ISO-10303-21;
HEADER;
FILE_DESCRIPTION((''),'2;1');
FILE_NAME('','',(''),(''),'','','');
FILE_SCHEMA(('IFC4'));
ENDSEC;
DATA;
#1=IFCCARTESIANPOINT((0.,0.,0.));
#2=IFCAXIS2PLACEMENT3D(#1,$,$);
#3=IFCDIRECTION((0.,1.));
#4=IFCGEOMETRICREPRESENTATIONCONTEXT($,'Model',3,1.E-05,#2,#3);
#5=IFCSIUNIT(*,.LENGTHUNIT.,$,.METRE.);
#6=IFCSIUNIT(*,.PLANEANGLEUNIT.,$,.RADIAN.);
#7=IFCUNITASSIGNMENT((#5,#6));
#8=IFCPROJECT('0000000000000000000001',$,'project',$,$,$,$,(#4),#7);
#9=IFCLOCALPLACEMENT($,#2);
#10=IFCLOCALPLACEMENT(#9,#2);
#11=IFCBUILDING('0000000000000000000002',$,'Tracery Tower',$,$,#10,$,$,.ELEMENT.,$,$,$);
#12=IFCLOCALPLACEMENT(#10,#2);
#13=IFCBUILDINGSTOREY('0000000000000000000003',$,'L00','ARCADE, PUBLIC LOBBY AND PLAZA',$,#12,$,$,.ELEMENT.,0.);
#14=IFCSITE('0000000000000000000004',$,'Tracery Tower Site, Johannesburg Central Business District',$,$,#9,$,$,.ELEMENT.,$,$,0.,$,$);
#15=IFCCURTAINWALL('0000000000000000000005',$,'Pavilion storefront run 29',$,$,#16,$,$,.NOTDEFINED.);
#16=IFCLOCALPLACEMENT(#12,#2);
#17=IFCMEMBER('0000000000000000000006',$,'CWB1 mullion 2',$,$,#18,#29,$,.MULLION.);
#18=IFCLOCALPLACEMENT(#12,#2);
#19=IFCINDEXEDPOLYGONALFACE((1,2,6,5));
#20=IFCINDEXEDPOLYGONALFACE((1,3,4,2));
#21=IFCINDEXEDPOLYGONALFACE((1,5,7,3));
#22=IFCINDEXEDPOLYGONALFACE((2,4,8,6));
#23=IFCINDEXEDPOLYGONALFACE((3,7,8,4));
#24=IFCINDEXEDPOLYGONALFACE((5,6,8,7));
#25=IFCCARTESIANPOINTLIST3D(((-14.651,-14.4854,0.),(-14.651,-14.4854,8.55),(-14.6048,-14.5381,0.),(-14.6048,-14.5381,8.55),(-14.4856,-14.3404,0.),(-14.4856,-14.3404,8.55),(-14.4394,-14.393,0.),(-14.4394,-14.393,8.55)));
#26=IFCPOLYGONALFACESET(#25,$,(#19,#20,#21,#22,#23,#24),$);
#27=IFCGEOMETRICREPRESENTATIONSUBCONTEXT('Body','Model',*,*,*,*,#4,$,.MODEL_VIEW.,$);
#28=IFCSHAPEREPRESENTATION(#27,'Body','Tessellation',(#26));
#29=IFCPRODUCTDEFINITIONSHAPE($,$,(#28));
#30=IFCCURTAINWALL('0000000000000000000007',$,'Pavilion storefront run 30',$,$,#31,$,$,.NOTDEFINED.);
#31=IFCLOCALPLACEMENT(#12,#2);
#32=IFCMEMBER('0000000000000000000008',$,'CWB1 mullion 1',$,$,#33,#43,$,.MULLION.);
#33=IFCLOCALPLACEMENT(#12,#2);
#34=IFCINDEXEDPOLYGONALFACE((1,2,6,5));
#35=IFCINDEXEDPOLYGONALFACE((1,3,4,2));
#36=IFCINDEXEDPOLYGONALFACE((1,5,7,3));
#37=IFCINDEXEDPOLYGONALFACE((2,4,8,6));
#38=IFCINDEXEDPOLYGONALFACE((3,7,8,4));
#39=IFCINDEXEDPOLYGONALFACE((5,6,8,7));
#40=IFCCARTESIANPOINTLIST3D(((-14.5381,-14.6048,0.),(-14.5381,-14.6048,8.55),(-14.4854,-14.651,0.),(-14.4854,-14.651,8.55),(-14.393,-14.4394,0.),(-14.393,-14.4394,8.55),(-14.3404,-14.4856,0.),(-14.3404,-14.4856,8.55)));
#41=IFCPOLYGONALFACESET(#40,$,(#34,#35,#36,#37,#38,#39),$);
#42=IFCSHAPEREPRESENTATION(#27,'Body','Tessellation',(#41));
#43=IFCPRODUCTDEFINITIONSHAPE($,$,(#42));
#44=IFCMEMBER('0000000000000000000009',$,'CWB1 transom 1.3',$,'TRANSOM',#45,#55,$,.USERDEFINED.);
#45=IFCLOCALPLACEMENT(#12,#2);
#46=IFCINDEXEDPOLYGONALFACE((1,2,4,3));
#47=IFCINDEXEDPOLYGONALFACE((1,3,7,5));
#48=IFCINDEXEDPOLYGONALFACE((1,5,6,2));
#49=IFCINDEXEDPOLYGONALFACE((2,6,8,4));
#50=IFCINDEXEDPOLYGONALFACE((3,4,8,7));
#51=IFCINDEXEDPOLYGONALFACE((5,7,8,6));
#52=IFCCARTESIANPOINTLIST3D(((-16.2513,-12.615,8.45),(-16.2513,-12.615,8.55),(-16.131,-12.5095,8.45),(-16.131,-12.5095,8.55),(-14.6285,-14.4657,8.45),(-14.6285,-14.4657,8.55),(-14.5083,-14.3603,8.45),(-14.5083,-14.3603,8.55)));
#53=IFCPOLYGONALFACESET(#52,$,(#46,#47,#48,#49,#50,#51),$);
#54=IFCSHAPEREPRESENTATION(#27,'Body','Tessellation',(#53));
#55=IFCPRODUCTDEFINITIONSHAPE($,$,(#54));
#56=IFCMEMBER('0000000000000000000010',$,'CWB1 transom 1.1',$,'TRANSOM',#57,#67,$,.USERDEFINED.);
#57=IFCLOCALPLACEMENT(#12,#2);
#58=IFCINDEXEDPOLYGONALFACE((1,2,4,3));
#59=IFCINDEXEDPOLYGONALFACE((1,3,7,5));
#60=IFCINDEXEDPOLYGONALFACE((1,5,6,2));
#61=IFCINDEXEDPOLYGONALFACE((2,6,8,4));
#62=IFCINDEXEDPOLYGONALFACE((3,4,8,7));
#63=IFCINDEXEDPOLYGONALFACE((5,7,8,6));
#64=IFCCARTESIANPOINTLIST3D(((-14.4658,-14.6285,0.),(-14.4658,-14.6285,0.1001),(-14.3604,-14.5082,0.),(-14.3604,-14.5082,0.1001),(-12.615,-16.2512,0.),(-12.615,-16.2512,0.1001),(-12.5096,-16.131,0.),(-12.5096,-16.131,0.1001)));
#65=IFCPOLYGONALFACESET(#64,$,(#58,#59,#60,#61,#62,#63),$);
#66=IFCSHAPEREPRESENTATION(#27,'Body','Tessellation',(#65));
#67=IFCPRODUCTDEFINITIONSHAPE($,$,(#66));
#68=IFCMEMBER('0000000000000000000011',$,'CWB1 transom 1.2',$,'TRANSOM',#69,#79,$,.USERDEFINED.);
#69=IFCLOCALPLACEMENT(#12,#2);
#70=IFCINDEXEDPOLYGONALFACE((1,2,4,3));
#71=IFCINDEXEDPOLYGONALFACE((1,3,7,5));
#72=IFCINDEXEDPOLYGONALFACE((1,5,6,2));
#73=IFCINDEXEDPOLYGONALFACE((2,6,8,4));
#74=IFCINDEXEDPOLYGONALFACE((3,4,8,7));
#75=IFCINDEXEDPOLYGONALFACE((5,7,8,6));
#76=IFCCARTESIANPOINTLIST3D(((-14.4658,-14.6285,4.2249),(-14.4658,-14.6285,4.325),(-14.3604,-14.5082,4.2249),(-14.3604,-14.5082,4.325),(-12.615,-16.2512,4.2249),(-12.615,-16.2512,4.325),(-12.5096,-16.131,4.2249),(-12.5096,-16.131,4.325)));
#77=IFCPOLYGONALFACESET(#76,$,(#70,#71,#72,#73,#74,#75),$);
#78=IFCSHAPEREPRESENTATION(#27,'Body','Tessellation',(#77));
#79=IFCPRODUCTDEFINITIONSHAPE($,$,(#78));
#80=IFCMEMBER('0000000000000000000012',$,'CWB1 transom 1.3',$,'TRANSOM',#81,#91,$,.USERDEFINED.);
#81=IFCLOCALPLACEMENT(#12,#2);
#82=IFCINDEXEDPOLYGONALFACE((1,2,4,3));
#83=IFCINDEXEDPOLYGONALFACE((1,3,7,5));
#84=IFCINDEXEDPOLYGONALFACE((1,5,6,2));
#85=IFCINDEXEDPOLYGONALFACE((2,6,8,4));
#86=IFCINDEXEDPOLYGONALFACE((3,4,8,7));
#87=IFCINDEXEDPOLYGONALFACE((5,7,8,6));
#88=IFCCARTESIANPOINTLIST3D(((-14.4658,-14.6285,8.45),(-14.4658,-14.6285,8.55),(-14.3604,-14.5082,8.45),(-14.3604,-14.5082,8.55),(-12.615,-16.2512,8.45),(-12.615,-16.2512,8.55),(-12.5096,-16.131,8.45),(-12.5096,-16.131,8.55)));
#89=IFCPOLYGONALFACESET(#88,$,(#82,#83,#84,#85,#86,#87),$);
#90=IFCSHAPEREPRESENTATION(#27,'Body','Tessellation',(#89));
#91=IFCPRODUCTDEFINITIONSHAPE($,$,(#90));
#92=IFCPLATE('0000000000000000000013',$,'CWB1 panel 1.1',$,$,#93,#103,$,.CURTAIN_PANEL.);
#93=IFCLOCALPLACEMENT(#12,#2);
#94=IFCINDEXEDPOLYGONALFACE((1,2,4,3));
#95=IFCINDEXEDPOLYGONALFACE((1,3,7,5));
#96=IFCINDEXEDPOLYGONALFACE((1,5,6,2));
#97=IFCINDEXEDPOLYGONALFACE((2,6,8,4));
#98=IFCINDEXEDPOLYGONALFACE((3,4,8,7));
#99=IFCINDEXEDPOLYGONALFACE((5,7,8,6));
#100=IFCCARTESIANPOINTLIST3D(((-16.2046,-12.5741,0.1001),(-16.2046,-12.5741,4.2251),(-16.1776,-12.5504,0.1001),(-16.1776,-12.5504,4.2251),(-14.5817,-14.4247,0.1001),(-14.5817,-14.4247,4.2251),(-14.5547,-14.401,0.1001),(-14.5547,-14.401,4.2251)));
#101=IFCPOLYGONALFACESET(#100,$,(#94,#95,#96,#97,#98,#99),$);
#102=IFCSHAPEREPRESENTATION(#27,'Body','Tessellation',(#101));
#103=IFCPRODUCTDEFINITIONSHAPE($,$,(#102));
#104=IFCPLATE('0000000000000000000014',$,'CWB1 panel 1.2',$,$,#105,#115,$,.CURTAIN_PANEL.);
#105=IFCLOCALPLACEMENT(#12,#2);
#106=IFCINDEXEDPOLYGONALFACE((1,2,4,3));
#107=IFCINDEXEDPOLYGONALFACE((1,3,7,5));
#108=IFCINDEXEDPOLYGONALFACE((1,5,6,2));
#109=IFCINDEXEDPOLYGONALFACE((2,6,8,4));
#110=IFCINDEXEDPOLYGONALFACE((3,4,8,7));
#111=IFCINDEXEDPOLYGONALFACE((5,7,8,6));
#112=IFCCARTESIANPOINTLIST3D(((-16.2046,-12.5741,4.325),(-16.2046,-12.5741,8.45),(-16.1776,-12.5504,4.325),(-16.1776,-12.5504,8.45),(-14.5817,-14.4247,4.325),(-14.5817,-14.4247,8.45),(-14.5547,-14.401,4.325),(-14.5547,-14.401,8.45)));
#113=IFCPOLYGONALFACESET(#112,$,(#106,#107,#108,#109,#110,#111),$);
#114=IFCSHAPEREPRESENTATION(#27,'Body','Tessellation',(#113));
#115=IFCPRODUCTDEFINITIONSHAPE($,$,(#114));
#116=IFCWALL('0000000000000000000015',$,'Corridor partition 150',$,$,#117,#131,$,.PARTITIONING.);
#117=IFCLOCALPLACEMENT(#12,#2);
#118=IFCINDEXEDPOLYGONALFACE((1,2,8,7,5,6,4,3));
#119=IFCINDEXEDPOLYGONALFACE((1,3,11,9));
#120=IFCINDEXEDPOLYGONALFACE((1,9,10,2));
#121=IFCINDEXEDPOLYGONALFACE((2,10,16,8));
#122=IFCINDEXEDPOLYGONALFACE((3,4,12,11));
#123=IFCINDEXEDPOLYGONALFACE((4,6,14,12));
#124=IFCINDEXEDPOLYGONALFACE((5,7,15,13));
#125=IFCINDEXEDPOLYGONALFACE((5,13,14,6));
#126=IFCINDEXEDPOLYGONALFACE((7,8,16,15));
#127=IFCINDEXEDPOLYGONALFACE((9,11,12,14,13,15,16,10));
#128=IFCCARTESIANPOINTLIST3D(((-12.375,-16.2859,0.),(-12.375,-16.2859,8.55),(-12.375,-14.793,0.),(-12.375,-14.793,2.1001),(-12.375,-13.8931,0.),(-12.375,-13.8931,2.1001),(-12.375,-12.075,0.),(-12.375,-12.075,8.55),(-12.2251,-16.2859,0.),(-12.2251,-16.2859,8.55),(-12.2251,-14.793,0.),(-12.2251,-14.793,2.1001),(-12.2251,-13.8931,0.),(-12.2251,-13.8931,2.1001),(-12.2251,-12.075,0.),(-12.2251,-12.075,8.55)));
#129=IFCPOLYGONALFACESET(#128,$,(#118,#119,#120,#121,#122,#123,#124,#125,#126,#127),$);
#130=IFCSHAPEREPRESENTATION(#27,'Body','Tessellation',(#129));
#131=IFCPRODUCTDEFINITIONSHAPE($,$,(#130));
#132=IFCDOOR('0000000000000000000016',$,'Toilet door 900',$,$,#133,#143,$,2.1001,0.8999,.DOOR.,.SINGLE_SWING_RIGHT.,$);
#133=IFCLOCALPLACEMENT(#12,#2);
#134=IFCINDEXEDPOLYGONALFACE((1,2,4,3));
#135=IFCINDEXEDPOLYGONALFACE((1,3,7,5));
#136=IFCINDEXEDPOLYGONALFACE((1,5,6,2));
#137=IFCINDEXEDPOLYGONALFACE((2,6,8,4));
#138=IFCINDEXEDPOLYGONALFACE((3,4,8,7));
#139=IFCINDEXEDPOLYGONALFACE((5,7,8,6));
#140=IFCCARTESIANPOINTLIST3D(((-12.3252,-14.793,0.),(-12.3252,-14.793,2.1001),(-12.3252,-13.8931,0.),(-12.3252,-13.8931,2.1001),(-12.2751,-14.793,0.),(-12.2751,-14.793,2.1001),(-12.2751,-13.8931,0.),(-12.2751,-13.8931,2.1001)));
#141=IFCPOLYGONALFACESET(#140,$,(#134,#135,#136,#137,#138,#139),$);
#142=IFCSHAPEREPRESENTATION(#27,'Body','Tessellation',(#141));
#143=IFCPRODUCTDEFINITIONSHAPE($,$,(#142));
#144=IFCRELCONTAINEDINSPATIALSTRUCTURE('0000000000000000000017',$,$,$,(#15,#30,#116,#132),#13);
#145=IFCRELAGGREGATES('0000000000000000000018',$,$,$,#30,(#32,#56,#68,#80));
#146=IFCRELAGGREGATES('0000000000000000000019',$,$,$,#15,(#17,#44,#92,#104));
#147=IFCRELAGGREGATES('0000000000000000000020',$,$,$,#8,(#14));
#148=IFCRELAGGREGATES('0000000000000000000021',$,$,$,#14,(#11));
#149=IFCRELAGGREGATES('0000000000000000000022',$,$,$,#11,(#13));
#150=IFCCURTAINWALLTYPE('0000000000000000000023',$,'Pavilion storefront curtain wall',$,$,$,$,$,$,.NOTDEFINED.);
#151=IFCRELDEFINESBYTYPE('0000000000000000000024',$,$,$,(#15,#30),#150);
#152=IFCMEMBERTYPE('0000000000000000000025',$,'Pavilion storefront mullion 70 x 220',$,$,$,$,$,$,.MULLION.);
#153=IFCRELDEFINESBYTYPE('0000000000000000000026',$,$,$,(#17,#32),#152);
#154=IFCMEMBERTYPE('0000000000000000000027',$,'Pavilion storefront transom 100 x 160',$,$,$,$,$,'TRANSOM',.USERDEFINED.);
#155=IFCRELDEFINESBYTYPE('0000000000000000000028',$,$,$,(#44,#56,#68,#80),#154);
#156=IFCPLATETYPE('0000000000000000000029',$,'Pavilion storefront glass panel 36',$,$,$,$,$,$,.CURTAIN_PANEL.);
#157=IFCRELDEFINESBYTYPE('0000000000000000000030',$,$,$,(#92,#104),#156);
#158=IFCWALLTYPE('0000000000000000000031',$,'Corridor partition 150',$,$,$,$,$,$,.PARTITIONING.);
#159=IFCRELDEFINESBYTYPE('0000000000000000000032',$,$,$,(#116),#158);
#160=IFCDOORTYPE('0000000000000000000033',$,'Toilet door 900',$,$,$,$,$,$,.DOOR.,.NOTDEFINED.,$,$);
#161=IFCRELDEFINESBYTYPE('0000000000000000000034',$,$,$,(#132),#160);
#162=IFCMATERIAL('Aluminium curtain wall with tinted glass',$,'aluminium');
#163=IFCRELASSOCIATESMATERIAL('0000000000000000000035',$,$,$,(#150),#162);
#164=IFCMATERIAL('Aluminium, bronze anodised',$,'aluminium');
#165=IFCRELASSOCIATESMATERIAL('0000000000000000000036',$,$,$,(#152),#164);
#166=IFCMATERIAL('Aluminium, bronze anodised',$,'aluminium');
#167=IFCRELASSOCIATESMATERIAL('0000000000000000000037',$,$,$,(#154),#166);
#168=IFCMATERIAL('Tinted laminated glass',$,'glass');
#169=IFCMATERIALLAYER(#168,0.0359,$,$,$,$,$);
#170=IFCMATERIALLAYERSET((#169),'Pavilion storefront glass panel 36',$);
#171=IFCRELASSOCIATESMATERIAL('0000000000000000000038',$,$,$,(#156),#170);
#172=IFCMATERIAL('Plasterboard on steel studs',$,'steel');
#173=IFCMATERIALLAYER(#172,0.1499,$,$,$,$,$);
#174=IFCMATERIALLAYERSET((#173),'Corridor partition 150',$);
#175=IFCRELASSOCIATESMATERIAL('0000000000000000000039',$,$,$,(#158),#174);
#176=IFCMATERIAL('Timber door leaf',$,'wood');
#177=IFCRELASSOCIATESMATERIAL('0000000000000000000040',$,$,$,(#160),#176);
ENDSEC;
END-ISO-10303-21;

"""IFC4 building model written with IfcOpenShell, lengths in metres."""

from ifc_helpers import new_model, si_unit, direction, frame, frame_2d, origin, origin_2d, place, context, subcontext, project, spatial, rectangle, extrude, material, layer, layer_set, material_profile, profile_set, type_object, element, fill, aggregate, save


model = new_model("IFC4")

# Units and contexts
model_context = context("Model", 3, precision=1e-05, world=origin(), true_north=direction((0.0, 1.0)))
body_context = subcontext(model_context, "Body", "Model", "MODEL_VIEW")
ifc_project = project(units=[si_unit("LENGTHUNIT", "METRE"), si_unit("PLANEANGLEUNIT", "RADIAN")], contexts=[model_context])

# Site, building, storey
site_placement = place(None, origin())
site = spatial("IfcSite", under=ifc_project, at=site_placement, Name="Tracery Tower Site, Johannesburg Central Business District", CompositionType="ELEMENT", RefElevation=0.0)
building_placement = place(site_placement, origin())
building = spatial("IfcBuilding", under=site, at=building_placement, Name="Tracery Tower", CompositionType="ELEMENT")
storey_placement = place(building_placement, origin())
storey = spatial("IfcBuildingStorey", under=building, at=storey_placement, Name="L00", Description="ARCADE, PUBLIC LOBBY AND PLAZA", CompositionType="ELEMENT", Elevation=0.0)

# Curtain walls, members
ifc_material_1 = material(Name="Aluminium curtain wall with tinted glass", Category="aluminium")
curtain_wall_type = type_object("IfcCurtainWallType", Name="Pavilion storefront curtain wall", PredefinedType="NOTDEFINED", material=ifc_material_1)
curtain_wall_1_placement = place(storey_placement, origin())
curtain_wall_1 = element("IfcCurtainWall", 1, at=curtain_wall_1_placement, inside=storey, type_object=curtain_wall_type, Name="Pavilion storefront run 29", PredefinedType="NOTDEFINED")
ifc_material_2 = material(Name="Aluminium, bronze anodised", Category="aluminium")
ifc_material_profile_1 = material_profile(ifc_material_2, rectangle(XDim=0.22, YDim=0.0701, at=origin_2d()), Name="Pavilion storefront mullion 70 x 220")
ifc_profile_set_1 = profile_set([ifc_material_profile_1], Name="Aluminium, bronze anodised")
member_type_1 = type_object("IfcMemberType", Name="Pavilion storefront mullion 70 x 220", PredefinedType="MULLION", material=ifc_profile_set_1)
member_1_placement = place(storey_placement, frame((-14.5452, -14.4392, 0.0), z_axis=(0.0, 0.0, 1.0), x_axis=(0.751836, 0.659351, 0.0)))
member_1 = element("IfcMember", 2, at=member_1_placement, type_object=member_type_1, Name="CWB1 mullion 2", PredefinedType="MULLION", context=body_context, shape_type="SweptSolid", body=[
    extrude(rectangle(XDim=0.22, YDim=0.0701, at=origin_2d()), origin(), (0.0, 0.0, 1.0), 8.55),
])
curtain_wall_2_placement = place(storey_placement, origin())
curtain_wall_2 = element("IfcCurtainWall", 3, at=curtain_wall_2_placement, inside=storey, type_object=curtain_wall_type, Name="Pavilion storefront run 30", PredefinedType="NOTDEFINED")
member_2_placement = place(storey_placement, frame((-14.4392, -14.5452, 0.0), z_axis=(0.0, 0.0, 1.0), x_axis=(0.659351, 0.751836, 0.0)))
member_2 = element("IfcMember", 4, at=member_2_placement, type_object=member_type_1, Name="CWB1 mullion 1", PredefinedType="MULLION", context=body_context, shape_type="SweptSolid", body=[
    extrude(rectangle(XDim=0.22, YDim=0.0701, at=origin_2d()), origin(), (0.0, 0.0, 1.0), 8.55),
])

# Members
ifc_material_3 = material(Name="Aluminium, bronze anodised", Category="aluminium")
ifc_material_profile_2 = material_profile(ifc_material_3, rectangle(XDim=0.1599, YDim=0.1001, at=origin_2d()), Name="Pavilion storefront transom 100 x 160")
ifc_profile_set_2 = profile_set([ifc_material_profile_2], Name="Aluminium, bronze anodised")
member_type_2 = type_object("IfcMemberType", Name="Pavilion storefront transom 100 x 160", ElementType="TRANSOM", PredefinedType="USERDEFINED", material=ifc_profile_set_2)
member_3_placement = place(storey_placement, frame((-16.1912, -12.5623, 8.5), z_axis=(0.65927, -0.751907, 0.0), x_axis=(0.751907, 0.65927, 0.0)))
member_3 = element("IfcMember", 5, at=member_3_placement, type_object=member_type_2, Name="CWB1 transom 1.3", ObjectType="TRANSOM", PredefinedType="USERDEFINED", context=body_context, shape_type="SweptSolid", body=[
    extrude(rectangle(XDim=0.1599, YDim=0.1001, at=origin_2d()), origin(), (0.0, 0.0, 1.0), 2.4614),
])
member_4_placement = place(storey_placement, frame((-14.4131, -14.5684, 0.05), z_axis=(0.751907, -0.65927, 0.0), x_axis=(0.65927, 0.751907, 0.0)))
member_4 = element("IfcMember", 6, at=member_4_placement, type_object=member_type_2, Name="CWB1 transom 1.1", ObjectType="TRANSOM", PredefinedType="USERDEFINED", context=body_context, shape_type="SweptSolid", body=[
    extrude(rectangle(XDim=0.1599, YDim=0.1001, at=origin_2d()), origin(), (0.0, 0.0, 1.0), 2.4614),
])
member_5_placement = place(storey_placement, frame((-14.4131, -14.5684, 4.2749), z_axis=(0.751907, -0.65927, 0.0), x_axis=(0.65927, 0.751907, 0.0)))
member_5 = element("IfcMember", 7, at=member_5_placement, type_object=member_type_2, Name="CWB1 transom 1.2", ObjectType="TRANSOM", PredefinedType="USERDEFINED", context=body_context, shape_type="SweptSolid", body=[
    extrude(rectangle(XDim=0.1599, YDim=0.1001, at=origin_2d()), origin(), (0.0, 0.0, 1.0), 2.4614),
])
member_6_placement = place(storey_placement, frame((-14.4131, -14.5684, 8.5), z_axis=(0.751907, -0.65927, 0.0), x_axis=(0.65927, 0.751907, 0.0)))
member_6 = element("IfcMember", 8, at=member_6_placement, type_object=member_type_2, Name="CWB1 transom 1.3", ObjectType="TRANSOM", PredefinedType="USERDEFINED", context=body_context, shape_type="SweptSolid", body=[
    extrude(rectangle(XDim=0.1599, YDim=0.1001, at=origin_2d()), origin(), (0.0, 0.0, 1.0), 2.4614),
])
aggregate(curtain_wall_2, [member_2, member_4, member_5, member_6])

# Plates
ifc_material_4 = material(Name="Tinted laminated glass", Category="glass")
ifc_layer_1 = layer(ifc_material_4, 0.0359)
ifc_layer_set_1 = layer_set([ifc_layer_1], Name="Pavilion storefront glass panel 36")
plate_type = type_object("IfcPlateType", Name="Pavilion storefront glass panel 36", PredefinedType="CURTAIN_PANEL", material=ifc_layer_set_1)
plate_1_placement = place(storey_placement, frame((-15.3796, -13.4875, 0.1001), z_axis=(0.0, 0.0, 1.0), x_axis=(0.659351, -0.751836, 0.0)))
plate_1 = element("IfcPlate", 9, at=plate_1_placement, type_object=plate_type, Name="CWB1 panel 1.1", PredefinedType="CURTAIN_PANEL", context=body_context, shape_type="SweptSolid", body=[
    extrude(rectangle(XDim=2.4614, YDim=0.0359, at=origin_2d()), origin(), (0.0, 0.0, 1.0), 4.125),
])
plate_2_placement = place(storey_placement, frame((-15.3796, -13.4875, 4.325), z_axis=(0.0, 0.0, 1.0), x_axis=(0.659351, -0.751836, 0.0)))
plate_2 = element("IfcPlate", 10, at=plate_2_placement, type_object=plate_type, Name="CWB1 panel 1.2", PredefinedType="CURTAIN_PANEL", context=body_context, shape_type="SweptSolid", body=[
    extrude(rectangle(XDim=2.4614, YDim=0.0359, at=origin_2d()), origin(), (0.0, 0.0, 1.0), 4.125),
])
aggregate(curtain_wall_1, [member_1, member_3, plate_1, plate_2])

# Wall, opening, door
ifc_material_5 = material(Name="Plasterboard on steel studs", Category="steel")
ifc_layer_2 = layer(ifc_material_5, 0.1499)
ifc_layer_set_2 = layer_set([ifc_layer_2], Name="Corridor partition 150")
wall_type_1 = type_object("IfcWallType", Name="Corridor partition 150", PredefinedType="PARTITIONING", material=ifc_layer_set_2)
wall_1_placement = place(storey_placement, frame((-12.3, -12.075, 0.0), z_axis=(0.0, 0.0, 1.0), x_axis=(0.0, -1.0, 0.0)))
wall_1 = element("IfcWall", 11, at=wall_1_placement, inside=storey, type_object=wall_type_1, Name="Corridor partition 150", PredefinedType="PARTITIONING", context=body_context, shape_type="SweptSolid", body=[
    extrude(rectangle(XDim=4.2109, YDim=0.1499, at=frame_2d((2.1055, 0.0))), origin(), (0.0, 0.0, 1.0), 8.55),
])
opening_1_placement = place(wall_1_placement, frame((1.8181, 0.0, 0.0)))
opening_1 = element("IfcOpeningElement", 12, at=opening_1_placement, cuts=wall_1, PredefinedType="OPENING", context=body_context, shape_type="SweptSolid", body=[
    extrude(rectangle(XDim=0.8999, YDim=2.1001, at=frame_2d((0.45, 1.05))), frame((0.0, 0.075, 0.0), z_axis=(0.0, -1.0, 0.0), x_axis=(1.0, 0.0, 0.0)), (0.0, 0.0, 1.0), 0.1499),
])
ifc_material_6 = material(Name="Timber door leaf", Category="wood")
door_type_1 = type_object("IfcDoorType", Name="Toilet door 900", OperationType="NOTDEFINED", PredefinedType="DOOR", material=ifc_material_6)
door_1_placement = place(opening_1_placement, origin())
door_1 = element("IfcDoor", 13, at=door_1_placement, inside=storey, type_object=door_type_1, Name="Toilet door 900", OperationType="SINGLE_SWING_RIGHT", OverallHeight=2.1001, OverallWidth=0.8999, PredefinedType="DOOR", context=body_context, shape_type="SweptSolid", body=[
    extrude(rectangle(XDim=0.8999, YDim=2.1001, at=frame_2d((0.45, 1.05))), frame((0.0, 0.0249, 0.0), z_axis=(0.0, -1.0, 0.0), x_axis=(1.0, 0.0, 0.0)), (0.0, 0.0, 1.0), 0.05),
])
fill(opening_1, door_1)

save(model, "model.ifc")
